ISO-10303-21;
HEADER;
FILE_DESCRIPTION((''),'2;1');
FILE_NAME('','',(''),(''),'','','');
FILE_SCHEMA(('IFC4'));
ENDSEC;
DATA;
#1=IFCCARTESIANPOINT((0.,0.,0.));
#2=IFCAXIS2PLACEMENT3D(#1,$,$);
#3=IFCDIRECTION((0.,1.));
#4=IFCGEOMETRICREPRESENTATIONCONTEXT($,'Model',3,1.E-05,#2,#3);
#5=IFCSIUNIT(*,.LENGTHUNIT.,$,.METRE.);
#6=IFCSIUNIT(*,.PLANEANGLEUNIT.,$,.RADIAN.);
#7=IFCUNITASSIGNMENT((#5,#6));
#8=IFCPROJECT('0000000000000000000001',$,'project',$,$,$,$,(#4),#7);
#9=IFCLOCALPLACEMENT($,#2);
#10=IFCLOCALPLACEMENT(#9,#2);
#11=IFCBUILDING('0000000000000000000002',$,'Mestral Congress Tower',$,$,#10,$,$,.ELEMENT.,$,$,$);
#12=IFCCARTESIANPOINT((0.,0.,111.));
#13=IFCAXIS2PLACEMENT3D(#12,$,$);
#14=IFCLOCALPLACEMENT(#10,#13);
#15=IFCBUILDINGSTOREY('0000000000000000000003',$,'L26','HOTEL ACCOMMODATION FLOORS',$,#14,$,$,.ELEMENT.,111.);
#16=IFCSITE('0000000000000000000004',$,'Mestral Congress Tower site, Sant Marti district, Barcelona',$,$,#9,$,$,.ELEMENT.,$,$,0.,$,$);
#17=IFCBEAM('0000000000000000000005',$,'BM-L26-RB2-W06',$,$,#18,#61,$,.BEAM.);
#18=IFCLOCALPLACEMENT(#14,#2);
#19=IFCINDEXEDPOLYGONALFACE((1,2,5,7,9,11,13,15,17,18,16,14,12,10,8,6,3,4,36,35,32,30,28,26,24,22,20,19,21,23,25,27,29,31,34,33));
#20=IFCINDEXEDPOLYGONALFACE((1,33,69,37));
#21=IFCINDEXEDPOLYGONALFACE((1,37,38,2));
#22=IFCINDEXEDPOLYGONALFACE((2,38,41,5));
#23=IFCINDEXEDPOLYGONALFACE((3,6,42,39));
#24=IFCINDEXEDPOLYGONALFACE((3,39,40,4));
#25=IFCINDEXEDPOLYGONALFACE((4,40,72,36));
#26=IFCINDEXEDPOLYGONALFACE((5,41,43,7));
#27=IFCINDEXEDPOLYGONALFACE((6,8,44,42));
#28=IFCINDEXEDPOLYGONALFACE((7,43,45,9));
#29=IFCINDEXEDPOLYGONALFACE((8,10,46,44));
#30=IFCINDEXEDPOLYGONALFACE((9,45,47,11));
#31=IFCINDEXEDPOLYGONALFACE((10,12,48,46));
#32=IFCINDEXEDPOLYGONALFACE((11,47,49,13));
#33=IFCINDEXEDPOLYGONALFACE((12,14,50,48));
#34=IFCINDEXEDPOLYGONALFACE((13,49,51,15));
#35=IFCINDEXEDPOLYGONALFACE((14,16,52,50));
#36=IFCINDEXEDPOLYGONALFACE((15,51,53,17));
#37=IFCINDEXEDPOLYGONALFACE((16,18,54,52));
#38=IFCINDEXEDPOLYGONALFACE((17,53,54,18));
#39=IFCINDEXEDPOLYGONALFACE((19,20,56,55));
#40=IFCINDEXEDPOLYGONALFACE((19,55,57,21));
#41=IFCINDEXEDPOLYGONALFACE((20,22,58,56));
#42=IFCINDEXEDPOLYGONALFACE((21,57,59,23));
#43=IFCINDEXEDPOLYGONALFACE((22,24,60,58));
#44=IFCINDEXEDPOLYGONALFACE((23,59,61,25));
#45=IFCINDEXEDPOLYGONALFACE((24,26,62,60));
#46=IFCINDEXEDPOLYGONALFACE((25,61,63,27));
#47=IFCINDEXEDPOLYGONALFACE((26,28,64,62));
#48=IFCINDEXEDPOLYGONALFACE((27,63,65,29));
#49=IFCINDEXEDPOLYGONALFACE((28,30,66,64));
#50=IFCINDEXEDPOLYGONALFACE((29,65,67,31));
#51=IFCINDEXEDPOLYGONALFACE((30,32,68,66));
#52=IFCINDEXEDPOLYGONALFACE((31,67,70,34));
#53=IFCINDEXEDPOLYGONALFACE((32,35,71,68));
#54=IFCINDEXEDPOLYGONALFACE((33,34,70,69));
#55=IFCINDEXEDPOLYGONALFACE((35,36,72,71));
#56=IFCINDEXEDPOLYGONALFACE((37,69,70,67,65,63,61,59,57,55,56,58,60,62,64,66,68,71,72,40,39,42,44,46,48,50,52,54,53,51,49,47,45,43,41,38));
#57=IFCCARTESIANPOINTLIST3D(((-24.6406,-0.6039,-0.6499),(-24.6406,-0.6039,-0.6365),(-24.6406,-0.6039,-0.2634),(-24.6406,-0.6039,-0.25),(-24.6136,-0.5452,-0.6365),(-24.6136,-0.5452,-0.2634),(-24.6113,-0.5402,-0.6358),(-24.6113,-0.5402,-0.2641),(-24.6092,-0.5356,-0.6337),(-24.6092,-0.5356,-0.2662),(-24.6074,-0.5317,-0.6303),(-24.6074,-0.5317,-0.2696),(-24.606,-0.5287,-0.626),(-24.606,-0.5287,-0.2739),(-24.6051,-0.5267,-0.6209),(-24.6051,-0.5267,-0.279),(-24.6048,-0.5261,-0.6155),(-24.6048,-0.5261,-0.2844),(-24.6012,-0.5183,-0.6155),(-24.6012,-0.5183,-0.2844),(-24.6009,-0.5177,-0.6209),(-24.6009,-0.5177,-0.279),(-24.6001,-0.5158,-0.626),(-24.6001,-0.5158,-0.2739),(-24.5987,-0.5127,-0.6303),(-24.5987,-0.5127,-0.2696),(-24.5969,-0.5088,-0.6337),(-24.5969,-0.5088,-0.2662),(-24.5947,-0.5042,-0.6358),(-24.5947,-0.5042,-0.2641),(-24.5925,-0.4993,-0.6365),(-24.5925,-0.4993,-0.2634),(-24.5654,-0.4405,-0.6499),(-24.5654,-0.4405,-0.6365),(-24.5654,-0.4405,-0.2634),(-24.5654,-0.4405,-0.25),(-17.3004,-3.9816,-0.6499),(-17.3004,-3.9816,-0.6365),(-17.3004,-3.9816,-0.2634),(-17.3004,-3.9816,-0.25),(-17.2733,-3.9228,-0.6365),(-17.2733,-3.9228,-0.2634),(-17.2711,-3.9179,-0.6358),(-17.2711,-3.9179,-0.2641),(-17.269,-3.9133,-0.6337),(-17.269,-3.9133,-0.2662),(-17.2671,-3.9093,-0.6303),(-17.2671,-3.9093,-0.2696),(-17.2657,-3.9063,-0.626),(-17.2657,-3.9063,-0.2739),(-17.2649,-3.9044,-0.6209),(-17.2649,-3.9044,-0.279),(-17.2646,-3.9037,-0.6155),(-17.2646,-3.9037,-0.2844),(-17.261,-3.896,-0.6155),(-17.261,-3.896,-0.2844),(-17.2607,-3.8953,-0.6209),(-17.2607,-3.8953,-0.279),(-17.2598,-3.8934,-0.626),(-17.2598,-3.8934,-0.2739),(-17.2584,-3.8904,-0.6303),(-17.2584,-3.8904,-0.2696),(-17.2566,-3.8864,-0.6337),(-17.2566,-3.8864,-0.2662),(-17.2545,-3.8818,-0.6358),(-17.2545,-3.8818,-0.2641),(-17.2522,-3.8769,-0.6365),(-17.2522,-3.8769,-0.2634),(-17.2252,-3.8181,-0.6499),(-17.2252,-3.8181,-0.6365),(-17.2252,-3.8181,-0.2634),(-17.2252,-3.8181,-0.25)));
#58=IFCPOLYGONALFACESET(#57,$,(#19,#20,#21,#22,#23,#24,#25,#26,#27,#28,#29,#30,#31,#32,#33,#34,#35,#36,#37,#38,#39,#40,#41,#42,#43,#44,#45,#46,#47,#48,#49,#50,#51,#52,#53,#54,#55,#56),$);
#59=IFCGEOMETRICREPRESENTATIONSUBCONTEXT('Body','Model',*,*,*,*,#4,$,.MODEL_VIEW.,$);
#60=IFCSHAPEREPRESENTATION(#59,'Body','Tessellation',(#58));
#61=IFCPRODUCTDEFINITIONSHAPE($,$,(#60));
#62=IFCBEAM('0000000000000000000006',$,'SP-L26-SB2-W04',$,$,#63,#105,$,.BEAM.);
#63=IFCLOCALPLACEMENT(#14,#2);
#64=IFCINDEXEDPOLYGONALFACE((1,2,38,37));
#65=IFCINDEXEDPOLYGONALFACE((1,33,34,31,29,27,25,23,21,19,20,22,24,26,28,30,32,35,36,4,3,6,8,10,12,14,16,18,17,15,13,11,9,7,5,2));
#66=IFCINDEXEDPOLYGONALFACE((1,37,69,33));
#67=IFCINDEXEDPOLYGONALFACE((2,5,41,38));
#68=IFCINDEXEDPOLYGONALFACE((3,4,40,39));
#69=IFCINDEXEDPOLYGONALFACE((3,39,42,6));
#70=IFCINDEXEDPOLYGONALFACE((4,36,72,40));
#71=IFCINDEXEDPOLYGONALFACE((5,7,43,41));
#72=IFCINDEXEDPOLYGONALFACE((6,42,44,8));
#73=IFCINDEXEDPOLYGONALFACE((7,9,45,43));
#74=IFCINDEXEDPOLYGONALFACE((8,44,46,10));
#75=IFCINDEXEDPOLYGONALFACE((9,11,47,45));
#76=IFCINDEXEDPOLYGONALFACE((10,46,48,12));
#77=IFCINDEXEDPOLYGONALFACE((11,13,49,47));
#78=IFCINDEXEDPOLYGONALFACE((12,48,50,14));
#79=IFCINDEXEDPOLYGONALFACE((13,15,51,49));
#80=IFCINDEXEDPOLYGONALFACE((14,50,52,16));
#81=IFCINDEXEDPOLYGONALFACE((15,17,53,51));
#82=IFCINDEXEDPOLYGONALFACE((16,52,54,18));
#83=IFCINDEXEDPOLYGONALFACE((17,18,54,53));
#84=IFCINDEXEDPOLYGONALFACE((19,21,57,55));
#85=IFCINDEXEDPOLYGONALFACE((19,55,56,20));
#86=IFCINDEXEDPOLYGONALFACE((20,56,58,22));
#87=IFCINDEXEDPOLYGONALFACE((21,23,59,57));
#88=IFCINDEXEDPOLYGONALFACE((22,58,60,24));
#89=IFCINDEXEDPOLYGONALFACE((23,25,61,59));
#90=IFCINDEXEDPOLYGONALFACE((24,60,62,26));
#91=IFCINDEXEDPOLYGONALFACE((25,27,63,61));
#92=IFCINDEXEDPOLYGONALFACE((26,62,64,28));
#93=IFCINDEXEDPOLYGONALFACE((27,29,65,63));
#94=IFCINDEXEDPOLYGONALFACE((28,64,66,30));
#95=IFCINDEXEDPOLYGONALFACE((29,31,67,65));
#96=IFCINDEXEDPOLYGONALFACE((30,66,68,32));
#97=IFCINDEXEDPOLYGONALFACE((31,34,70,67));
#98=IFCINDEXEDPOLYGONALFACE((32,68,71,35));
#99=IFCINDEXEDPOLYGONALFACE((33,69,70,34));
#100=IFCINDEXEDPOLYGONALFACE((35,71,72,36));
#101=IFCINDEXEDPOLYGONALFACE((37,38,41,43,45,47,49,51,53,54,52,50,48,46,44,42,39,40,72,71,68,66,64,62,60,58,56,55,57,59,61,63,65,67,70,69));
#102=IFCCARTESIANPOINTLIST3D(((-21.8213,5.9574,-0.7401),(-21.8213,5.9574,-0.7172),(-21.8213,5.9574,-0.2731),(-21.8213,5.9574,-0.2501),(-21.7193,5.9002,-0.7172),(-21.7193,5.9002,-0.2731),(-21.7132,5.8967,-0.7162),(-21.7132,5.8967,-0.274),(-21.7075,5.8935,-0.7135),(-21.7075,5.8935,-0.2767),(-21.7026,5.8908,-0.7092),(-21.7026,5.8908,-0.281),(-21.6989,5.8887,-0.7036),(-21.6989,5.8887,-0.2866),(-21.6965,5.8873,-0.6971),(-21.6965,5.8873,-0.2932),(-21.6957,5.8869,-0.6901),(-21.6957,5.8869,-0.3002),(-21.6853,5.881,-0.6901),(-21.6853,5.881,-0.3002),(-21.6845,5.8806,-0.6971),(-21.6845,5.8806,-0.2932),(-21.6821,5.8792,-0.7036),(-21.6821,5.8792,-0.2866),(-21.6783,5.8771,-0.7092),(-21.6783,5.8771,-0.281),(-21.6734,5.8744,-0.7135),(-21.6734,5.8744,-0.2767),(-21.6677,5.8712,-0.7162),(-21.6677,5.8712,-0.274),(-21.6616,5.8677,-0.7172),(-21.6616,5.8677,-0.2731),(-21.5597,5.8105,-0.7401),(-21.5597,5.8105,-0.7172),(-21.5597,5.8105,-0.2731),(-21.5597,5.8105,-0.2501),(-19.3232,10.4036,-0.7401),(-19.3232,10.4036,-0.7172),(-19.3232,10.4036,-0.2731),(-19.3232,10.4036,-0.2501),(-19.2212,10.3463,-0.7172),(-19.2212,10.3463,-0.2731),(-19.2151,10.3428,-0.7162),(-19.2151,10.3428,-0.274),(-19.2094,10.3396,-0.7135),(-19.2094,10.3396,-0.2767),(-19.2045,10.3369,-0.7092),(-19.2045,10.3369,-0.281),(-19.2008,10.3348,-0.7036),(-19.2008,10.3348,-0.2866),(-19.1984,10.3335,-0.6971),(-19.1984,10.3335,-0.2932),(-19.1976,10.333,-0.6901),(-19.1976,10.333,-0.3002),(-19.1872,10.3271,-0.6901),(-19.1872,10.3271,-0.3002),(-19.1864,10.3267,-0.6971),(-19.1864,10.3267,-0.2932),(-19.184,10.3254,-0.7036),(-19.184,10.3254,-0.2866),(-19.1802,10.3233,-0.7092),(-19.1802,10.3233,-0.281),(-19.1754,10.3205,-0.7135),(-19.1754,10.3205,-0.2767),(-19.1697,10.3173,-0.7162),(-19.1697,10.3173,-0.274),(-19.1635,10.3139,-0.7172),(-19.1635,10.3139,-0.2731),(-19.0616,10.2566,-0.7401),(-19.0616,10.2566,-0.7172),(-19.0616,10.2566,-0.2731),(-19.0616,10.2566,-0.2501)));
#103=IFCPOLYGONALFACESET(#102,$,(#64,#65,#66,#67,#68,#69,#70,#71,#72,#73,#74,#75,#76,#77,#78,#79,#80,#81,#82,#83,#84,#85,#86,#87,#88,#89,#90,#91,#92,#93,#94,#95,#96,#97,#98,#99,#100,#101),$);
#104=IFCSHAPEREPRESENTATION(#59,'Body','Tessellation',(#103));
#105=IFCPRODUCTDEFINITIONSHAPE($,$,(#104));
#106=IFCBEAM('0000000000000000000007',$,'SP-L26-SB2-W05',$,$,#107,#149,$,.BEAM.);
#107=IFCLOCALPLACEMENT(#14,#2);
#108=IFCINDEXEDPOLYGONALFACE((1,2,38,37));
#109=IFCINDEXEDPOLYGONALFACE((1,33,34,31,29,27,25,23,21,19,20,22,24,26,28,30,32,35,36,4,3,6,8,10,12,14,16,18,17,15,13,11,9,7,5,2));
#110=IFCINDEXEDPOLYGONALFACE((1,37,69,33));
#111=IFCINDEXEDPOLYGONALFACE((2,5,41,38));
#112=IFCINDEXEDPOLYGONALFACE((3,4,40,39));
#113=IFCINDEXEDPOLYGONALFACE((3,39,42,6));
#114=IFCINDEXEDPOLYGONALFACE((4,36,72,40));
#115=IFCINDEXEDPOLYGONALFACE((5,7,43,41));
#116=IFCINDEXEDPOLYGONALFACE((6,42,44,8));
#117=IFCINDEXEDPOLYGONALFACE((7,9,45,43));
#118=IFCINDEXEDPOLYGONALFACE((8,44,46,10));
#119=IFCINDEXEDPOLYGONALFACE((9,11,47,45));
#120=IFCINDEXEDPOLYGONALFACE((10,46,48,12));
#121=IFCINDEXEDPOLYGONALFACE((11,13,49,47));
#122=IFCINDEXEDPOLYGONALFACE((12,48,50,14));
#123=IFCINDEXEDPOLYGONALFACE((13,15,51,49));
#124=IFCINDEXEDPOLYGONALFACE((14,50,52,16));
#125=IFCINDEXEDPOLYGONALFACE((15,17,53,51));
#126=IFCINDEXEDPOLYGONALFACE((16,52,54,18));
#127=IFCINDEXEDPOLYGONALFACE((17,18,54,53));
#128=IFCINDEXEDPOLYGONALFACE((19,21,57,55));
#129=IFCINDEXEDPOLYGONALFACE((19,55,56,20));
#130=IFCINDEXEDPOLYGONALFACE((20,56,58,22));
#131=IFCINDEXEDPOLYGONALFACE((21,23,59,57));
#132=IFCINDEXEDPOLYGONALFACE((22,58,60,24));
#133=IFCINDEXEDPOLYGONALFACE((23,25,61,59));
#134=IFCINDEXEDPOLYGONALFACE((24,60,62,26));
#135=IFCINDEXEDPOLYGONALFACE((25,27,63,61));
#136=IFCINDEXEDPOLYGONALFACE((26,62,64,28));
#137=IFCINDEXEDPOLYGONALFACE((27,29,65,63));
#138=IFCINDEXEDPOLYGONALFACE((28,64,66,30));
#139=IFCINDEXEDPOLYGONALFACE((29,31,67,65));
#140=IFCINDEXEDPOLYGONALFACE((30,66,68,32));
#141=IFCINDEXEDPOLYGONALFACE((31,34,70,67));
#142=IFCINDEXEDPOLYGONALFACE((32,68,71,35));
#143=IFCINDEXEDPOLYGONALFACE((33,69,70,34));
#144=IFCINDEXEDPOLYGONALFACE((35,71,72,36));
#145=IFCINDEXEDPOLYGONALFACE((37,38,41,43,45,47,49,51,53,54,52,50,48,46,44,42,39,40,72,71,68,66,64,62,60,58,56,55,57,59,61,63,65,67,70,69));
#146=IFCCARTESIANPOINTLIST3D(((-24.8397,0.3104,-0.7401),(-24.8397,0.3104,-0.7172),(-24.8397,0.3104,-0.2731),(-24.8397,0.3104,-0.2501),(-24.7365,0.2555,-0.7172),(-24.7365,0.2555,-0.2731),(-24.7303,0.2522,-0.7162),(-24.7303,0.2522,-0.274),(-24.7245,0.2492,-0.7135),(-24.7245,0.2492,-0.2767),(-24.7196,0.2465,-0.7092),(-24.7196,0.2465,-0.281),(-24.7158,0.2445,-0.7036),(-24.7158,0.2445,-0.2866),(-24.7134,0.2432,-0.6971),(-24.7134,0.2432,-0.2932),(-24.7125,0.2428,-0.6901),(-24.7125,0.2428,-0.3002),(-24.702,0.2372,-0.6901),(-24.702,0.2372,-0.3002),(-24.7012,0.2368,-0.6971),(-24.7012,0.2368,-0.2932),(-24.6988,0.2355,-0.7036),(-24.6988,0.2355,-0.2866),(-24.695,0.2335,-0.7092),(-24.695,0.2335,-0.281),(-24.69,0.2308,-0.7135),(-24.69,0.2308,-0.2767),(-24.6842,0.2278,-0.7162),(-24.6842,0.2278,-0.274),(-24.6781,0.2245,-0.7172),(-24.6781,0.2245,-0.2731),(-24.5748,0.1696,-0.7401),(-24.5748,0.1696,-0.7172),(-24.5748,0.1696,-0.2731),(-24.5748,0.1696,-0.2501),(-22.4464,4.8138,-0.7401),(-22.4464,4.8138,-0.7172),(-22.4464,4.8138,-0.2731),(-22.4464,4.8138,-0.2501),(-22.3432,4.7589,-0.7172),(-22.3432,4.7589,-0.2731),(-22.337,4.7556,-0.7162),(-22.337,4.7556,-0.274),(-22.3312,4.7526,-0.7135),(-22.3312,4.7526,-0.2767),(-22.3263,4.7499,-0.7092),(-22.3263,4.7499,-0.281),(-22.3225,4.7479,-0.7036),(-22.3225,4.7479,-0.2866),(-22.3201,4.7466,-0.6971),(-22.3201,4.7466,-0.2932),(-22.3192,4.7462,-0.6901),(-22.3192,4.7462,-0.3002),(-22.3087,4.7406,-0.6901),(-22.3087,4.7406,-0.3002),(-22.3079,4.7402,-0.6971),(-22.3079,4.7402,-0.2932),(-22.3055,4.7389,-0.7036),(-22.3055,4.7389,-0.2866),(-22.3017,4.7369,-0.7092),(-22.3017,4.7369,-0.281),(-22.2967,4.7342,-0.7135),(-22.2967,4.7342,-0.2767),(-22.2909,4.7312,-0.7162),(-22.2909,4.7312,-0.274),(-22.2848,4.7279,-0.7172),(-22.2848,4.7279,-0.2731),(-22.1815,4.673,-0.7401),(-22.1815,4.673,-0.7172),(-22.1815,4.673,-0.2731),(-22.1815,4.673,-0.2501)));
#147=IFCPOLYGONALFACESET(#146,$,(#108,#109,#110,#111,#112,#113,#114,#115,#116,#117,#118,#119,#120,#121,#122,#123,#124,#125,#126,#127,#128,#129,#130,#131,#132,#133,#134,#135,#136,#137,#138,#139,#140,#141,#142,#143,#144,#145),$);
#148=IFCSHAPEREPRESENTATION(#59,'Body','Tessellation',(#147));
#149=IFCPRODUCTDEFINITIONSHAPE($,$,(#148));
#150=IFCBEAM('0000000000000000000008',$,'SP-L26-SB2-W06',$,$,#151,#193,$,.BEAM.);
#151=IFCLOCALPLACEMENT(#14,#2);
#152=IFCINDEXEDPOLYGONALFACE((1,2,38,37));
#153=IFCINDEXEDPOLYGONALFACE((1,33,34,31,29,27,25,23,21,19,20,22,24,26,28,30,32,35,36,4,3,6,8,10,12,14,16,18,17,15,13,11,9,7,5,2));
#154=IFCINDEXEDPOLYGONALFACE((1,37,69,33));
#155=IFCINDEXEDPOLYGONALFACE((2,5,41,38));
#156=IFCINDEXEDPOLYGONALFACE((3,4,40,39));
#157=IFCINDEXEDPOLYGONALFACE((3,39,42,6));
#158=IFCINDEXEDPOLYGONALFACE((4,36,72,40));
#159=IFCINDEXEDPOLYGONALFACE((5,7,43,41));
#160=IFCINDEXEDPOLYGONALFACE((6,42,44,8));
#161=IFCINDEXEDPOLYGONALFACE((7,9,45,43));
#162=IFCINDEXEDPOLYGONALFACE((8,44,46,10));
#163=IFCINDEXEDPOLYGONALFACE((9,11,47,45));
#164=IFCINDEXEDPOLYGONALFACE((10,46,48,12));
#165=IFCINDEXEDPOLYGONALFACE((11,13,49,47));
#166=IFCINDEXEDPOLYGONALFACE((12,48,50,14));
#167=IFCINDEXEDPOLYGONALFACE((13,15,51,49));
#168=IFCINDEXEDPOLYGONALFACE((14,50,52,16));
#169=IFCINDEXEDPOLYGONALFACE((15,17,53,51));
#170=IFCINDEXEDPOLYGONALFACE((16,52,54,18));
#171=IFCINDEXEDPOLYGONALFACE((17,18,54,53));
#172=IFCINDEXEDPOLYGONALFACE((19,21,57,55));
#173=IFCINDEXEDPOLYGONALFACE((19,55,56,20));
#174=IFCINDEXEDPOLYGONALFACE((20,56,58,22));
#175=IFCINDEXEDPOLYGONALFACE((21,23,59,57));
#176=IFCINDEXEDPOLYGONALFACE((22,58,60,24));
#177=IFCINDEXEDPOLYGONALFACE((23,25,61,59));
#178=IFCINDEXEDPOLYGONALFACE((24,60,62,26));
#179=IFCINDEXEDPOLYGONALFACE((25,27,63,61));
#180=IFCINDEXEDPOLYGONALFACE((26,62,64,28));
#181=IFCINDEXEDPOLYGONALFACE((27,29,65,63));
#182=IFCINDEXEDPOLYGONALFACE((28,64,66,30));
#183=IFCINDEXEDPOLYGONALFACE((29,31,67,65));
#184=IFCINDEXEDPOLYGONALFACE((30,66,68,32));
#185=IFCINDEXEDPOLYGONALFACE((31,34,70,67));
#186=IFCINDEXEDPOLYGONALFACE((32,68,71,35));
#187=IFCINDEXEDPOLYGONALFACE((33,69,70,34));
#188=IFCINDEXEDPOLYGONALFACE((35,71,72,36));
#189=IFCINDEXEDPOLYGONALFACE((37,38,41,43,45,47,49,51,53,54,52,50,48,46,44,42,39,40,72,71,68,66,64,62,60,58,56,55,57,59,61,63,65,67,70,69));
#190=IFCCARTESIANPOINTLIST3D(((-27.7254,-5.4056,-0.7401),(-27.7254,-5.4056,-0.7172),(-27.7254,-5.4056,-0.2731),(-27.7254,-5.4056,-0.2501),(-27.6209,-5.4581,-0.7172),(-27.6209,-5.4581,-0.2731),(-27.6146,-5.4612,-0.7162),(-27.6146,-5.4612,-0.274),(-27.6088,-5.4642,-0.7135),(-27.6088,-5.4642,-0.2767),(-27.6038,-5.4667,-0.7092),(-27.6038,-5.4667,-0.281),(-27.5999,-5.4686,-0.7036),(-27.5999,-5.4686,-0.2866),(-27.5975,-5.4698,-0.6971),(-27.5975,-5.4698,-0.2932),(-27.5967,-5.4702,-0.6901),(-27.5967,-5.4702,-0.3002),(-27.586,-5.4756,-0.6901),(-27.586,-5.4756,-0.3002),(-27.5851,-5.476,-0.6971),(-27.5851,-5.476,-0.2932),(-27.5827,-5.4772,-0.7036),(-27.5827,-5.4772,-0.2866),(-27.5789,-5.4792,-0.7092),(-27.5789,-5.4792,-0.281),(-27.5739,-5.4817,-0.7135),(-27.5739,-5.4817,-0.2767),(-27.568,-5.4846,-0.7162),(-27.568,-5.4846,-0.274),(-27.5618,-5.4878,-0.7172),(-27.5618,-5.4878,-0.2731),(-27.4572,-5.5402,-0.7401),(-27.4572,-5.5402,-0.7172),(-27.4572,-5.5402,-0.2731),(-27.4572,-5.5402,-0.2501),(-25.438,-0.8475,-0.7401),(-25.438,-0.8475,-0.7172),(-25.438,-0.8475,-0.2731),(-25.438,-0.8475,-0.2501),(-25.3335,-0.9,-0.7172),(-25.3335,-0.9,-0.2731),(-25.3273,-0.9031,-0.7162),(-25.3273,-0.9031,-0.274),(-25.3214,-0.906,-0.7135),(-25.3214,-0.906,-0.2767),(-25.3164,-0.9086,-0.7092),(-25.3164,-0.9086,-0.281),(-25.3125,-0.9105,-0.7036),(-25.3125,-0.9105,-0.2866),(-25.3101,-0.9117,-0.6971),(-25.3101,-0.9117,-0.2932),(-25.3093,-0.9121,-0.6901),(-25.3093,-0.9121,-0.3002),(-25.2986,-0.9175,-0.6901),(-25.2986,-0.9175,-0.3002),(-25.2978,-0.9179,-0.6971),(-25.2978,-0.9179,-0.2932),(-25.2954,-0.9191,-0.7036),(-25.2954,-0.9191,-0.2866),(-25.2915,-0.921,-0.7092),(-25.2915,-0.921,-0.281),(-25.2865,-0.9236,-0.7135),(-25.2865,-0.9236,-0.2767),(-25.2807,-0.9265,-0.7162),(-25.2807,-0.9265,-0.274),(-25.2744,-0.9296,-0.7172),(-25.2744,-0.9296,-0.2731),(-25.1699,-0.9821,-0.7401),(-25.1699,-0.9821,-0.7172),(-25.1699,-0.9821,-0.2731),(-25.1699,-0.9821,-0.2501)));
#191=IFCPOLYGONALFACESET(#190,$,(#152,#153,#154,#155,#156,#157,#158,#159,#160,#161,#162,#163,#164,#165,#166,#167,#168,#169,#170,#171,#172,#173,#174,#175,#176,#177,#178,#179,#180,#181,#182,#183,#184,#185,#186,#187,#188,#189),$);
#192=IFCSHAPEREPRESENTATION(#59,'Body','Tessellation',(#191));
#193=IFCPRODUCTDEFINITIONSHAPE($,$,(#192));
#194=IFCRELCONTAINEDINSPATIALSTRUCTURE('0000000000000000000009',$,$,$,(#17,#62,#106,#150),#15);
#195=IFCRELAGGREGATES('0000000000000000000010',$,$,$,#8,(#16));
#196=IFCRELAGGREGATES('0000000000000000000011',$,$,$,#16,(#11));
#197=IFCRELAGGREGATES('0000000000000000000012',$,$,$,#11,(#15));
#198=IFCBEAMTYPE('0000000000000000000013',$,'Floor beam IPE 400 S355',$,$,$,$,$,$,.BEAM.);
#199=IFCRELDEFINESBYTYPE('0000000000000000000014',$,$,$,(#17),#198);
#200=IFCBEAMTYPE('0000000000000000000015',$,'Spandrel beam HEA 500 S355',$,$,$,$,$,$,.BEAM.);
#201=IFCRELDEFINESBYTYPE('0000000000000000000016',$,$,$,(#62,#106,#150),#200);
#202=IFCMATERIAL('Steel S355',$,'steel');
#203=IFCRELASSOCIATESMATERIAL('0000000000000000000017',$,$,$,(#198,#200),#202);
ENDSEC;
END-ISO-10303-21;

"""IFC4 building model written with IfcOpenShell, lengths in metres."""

from ifc_helpers import new_model, si_unit, direction, frame, origin, origin_2d, place, context, subcontext, project, spatial, i_section, extrude, material, material_profile, profile_set, type_object, element, save


model = new_model("IFC4")

# Units and contexts
model_context = context("Model", 3, precision=1e-05, world=origin(), true_north=direction((0.0, 1.0)))
body_context = subcontext(model_context, "Body", "Model", "MODEL_VIEW")
ifc_project = project(units=[si_unit("LENGTHUNIT", "METRE"), si_unit("PLANEANGLEUNIT", "RADIAN")], contexts=[model_context])

# Site, building, storey
site_placement = place(None, origin())
site = spatial("IfcSite", under=ifc_project, at=site_placement, Name="Mestral Congress Tower site, Sant Marti district, Barcelona", CompositionType="ELEMENT", RefElevation=0.0)
building_placement = place(site_placement, origin())
building = spatial("IfcBuilding", under=site, at=building_placement, Name="Mestral Congress Tower", CompositionType="ELEMENT")
storey_placement = place(building_placement, frame((0.0, 0.0, 111.0)))
storey = spatial("IfcBuildingStorey", under=building, at=storey_placement, Name="L26", Description="HOTEL ACCOMMODATION FLOORS", CompositionType="ELEMENT", Elevation=111.0)

# Beams
ifc_material_1 = material(Name="Steel S355", Category="steel")
ifc_material_profile_1 = material_profile(ifc_material_1, i_section(OverallWidth=0.1799, OverallDepth=0.3999, WebThickness=0.0085, FlangeThickness=0.0134, FilletRadius=0.021, at=origin_2d()), Name="IPE 400")
ifc_profile_set_1 = profile_set([ifc_material_profile_1], Name="Steel S355")
beam_type_1 = type_object("IfcBeamType", Name="Floor beam IPE 400 S355", PredefinedType="BEAM", material=ifc_profile_set_1)
beam_1_placement = place(storey_placement, frame((-24.603, -0.5222, -0.45), z_axis=(0.908437, -0.418021, 0.0), x_axis=(0.418021, 0.908437, 0.0)))
element("IfcBeam", 1, at=beam_1_placement, inside=storey, type_object=beam_type_1, Name="BM-L26-RB2-W06", PredefinedType="BEAM", context=body_context, shape_type="SweptSolid", body=[
    extrude(i_section(OverallWidth=0.1799, OverallDepth=0.3999, WebThickness=0.0085, FlangeThickness=0.0134, FilletRadius=0.021, at=origin_2d()), origin(), (0.0, 0.0, 1.0), 8.0801),
])
ifc_material_profile_2 = material_profile(ifc_material_1, i_section(OverallWidth=0.3, OverallDepth=0.49, WebThickness=0.012, FlangeThickness=0.0229, FilletRadius=0.0271, at=origin_2d()), Name="HEA 500")
ifc_profile_set_2 = profile_set([ifc_material_profile_2], Name="Steel S355")
beam_type_2 = type_object("IfcBeamType", Name="Spandrel beam HEA 500 S355", PredefinedType="BEAM", material=ifc_profile_set_2)
for number, where, z_axis, x_axis, name in (
    (2, (-19.1924, 10.3301, -0.4951), (-0.489836, -0.871815, 0.0), (0.871815, -0.489836, 0.0), "SP-L26-SB2-W04"),
    (3, (-22.314, 4.7434, -0.4951), (-0.469288, -0.883045, 0.0), (0.883045, -0.469288, 0.0), "SP-L26-SB2-W05"),
    (4, (-25.304, -0.9148, -0.4951), (-0.448515, -0.893775, 0.0), (0.893775, -0.448515, 0.0), "SP-L26-SB2-W06"),
):
    element("IfcBeam", number, at=place(storey_placement, frame(where, z_axis=z_axis, x_axis=x_axis)), inside=storey, type_object=beam_type_2, Name=name, PredefinedType="BEAM", context=body_context, shape_type="SweptSolid", body=[
        extrude(i_section(OverallWidth=0.3, OverallDepth=0.49, WebThickness=0.012, FlangeThickness=0.0229, FilletRadius=0.0271, at=origin_2d()), origin(), (0.0, 0.0, 1.0), 5.0999),
    ])

save(model, "model.ifc")
